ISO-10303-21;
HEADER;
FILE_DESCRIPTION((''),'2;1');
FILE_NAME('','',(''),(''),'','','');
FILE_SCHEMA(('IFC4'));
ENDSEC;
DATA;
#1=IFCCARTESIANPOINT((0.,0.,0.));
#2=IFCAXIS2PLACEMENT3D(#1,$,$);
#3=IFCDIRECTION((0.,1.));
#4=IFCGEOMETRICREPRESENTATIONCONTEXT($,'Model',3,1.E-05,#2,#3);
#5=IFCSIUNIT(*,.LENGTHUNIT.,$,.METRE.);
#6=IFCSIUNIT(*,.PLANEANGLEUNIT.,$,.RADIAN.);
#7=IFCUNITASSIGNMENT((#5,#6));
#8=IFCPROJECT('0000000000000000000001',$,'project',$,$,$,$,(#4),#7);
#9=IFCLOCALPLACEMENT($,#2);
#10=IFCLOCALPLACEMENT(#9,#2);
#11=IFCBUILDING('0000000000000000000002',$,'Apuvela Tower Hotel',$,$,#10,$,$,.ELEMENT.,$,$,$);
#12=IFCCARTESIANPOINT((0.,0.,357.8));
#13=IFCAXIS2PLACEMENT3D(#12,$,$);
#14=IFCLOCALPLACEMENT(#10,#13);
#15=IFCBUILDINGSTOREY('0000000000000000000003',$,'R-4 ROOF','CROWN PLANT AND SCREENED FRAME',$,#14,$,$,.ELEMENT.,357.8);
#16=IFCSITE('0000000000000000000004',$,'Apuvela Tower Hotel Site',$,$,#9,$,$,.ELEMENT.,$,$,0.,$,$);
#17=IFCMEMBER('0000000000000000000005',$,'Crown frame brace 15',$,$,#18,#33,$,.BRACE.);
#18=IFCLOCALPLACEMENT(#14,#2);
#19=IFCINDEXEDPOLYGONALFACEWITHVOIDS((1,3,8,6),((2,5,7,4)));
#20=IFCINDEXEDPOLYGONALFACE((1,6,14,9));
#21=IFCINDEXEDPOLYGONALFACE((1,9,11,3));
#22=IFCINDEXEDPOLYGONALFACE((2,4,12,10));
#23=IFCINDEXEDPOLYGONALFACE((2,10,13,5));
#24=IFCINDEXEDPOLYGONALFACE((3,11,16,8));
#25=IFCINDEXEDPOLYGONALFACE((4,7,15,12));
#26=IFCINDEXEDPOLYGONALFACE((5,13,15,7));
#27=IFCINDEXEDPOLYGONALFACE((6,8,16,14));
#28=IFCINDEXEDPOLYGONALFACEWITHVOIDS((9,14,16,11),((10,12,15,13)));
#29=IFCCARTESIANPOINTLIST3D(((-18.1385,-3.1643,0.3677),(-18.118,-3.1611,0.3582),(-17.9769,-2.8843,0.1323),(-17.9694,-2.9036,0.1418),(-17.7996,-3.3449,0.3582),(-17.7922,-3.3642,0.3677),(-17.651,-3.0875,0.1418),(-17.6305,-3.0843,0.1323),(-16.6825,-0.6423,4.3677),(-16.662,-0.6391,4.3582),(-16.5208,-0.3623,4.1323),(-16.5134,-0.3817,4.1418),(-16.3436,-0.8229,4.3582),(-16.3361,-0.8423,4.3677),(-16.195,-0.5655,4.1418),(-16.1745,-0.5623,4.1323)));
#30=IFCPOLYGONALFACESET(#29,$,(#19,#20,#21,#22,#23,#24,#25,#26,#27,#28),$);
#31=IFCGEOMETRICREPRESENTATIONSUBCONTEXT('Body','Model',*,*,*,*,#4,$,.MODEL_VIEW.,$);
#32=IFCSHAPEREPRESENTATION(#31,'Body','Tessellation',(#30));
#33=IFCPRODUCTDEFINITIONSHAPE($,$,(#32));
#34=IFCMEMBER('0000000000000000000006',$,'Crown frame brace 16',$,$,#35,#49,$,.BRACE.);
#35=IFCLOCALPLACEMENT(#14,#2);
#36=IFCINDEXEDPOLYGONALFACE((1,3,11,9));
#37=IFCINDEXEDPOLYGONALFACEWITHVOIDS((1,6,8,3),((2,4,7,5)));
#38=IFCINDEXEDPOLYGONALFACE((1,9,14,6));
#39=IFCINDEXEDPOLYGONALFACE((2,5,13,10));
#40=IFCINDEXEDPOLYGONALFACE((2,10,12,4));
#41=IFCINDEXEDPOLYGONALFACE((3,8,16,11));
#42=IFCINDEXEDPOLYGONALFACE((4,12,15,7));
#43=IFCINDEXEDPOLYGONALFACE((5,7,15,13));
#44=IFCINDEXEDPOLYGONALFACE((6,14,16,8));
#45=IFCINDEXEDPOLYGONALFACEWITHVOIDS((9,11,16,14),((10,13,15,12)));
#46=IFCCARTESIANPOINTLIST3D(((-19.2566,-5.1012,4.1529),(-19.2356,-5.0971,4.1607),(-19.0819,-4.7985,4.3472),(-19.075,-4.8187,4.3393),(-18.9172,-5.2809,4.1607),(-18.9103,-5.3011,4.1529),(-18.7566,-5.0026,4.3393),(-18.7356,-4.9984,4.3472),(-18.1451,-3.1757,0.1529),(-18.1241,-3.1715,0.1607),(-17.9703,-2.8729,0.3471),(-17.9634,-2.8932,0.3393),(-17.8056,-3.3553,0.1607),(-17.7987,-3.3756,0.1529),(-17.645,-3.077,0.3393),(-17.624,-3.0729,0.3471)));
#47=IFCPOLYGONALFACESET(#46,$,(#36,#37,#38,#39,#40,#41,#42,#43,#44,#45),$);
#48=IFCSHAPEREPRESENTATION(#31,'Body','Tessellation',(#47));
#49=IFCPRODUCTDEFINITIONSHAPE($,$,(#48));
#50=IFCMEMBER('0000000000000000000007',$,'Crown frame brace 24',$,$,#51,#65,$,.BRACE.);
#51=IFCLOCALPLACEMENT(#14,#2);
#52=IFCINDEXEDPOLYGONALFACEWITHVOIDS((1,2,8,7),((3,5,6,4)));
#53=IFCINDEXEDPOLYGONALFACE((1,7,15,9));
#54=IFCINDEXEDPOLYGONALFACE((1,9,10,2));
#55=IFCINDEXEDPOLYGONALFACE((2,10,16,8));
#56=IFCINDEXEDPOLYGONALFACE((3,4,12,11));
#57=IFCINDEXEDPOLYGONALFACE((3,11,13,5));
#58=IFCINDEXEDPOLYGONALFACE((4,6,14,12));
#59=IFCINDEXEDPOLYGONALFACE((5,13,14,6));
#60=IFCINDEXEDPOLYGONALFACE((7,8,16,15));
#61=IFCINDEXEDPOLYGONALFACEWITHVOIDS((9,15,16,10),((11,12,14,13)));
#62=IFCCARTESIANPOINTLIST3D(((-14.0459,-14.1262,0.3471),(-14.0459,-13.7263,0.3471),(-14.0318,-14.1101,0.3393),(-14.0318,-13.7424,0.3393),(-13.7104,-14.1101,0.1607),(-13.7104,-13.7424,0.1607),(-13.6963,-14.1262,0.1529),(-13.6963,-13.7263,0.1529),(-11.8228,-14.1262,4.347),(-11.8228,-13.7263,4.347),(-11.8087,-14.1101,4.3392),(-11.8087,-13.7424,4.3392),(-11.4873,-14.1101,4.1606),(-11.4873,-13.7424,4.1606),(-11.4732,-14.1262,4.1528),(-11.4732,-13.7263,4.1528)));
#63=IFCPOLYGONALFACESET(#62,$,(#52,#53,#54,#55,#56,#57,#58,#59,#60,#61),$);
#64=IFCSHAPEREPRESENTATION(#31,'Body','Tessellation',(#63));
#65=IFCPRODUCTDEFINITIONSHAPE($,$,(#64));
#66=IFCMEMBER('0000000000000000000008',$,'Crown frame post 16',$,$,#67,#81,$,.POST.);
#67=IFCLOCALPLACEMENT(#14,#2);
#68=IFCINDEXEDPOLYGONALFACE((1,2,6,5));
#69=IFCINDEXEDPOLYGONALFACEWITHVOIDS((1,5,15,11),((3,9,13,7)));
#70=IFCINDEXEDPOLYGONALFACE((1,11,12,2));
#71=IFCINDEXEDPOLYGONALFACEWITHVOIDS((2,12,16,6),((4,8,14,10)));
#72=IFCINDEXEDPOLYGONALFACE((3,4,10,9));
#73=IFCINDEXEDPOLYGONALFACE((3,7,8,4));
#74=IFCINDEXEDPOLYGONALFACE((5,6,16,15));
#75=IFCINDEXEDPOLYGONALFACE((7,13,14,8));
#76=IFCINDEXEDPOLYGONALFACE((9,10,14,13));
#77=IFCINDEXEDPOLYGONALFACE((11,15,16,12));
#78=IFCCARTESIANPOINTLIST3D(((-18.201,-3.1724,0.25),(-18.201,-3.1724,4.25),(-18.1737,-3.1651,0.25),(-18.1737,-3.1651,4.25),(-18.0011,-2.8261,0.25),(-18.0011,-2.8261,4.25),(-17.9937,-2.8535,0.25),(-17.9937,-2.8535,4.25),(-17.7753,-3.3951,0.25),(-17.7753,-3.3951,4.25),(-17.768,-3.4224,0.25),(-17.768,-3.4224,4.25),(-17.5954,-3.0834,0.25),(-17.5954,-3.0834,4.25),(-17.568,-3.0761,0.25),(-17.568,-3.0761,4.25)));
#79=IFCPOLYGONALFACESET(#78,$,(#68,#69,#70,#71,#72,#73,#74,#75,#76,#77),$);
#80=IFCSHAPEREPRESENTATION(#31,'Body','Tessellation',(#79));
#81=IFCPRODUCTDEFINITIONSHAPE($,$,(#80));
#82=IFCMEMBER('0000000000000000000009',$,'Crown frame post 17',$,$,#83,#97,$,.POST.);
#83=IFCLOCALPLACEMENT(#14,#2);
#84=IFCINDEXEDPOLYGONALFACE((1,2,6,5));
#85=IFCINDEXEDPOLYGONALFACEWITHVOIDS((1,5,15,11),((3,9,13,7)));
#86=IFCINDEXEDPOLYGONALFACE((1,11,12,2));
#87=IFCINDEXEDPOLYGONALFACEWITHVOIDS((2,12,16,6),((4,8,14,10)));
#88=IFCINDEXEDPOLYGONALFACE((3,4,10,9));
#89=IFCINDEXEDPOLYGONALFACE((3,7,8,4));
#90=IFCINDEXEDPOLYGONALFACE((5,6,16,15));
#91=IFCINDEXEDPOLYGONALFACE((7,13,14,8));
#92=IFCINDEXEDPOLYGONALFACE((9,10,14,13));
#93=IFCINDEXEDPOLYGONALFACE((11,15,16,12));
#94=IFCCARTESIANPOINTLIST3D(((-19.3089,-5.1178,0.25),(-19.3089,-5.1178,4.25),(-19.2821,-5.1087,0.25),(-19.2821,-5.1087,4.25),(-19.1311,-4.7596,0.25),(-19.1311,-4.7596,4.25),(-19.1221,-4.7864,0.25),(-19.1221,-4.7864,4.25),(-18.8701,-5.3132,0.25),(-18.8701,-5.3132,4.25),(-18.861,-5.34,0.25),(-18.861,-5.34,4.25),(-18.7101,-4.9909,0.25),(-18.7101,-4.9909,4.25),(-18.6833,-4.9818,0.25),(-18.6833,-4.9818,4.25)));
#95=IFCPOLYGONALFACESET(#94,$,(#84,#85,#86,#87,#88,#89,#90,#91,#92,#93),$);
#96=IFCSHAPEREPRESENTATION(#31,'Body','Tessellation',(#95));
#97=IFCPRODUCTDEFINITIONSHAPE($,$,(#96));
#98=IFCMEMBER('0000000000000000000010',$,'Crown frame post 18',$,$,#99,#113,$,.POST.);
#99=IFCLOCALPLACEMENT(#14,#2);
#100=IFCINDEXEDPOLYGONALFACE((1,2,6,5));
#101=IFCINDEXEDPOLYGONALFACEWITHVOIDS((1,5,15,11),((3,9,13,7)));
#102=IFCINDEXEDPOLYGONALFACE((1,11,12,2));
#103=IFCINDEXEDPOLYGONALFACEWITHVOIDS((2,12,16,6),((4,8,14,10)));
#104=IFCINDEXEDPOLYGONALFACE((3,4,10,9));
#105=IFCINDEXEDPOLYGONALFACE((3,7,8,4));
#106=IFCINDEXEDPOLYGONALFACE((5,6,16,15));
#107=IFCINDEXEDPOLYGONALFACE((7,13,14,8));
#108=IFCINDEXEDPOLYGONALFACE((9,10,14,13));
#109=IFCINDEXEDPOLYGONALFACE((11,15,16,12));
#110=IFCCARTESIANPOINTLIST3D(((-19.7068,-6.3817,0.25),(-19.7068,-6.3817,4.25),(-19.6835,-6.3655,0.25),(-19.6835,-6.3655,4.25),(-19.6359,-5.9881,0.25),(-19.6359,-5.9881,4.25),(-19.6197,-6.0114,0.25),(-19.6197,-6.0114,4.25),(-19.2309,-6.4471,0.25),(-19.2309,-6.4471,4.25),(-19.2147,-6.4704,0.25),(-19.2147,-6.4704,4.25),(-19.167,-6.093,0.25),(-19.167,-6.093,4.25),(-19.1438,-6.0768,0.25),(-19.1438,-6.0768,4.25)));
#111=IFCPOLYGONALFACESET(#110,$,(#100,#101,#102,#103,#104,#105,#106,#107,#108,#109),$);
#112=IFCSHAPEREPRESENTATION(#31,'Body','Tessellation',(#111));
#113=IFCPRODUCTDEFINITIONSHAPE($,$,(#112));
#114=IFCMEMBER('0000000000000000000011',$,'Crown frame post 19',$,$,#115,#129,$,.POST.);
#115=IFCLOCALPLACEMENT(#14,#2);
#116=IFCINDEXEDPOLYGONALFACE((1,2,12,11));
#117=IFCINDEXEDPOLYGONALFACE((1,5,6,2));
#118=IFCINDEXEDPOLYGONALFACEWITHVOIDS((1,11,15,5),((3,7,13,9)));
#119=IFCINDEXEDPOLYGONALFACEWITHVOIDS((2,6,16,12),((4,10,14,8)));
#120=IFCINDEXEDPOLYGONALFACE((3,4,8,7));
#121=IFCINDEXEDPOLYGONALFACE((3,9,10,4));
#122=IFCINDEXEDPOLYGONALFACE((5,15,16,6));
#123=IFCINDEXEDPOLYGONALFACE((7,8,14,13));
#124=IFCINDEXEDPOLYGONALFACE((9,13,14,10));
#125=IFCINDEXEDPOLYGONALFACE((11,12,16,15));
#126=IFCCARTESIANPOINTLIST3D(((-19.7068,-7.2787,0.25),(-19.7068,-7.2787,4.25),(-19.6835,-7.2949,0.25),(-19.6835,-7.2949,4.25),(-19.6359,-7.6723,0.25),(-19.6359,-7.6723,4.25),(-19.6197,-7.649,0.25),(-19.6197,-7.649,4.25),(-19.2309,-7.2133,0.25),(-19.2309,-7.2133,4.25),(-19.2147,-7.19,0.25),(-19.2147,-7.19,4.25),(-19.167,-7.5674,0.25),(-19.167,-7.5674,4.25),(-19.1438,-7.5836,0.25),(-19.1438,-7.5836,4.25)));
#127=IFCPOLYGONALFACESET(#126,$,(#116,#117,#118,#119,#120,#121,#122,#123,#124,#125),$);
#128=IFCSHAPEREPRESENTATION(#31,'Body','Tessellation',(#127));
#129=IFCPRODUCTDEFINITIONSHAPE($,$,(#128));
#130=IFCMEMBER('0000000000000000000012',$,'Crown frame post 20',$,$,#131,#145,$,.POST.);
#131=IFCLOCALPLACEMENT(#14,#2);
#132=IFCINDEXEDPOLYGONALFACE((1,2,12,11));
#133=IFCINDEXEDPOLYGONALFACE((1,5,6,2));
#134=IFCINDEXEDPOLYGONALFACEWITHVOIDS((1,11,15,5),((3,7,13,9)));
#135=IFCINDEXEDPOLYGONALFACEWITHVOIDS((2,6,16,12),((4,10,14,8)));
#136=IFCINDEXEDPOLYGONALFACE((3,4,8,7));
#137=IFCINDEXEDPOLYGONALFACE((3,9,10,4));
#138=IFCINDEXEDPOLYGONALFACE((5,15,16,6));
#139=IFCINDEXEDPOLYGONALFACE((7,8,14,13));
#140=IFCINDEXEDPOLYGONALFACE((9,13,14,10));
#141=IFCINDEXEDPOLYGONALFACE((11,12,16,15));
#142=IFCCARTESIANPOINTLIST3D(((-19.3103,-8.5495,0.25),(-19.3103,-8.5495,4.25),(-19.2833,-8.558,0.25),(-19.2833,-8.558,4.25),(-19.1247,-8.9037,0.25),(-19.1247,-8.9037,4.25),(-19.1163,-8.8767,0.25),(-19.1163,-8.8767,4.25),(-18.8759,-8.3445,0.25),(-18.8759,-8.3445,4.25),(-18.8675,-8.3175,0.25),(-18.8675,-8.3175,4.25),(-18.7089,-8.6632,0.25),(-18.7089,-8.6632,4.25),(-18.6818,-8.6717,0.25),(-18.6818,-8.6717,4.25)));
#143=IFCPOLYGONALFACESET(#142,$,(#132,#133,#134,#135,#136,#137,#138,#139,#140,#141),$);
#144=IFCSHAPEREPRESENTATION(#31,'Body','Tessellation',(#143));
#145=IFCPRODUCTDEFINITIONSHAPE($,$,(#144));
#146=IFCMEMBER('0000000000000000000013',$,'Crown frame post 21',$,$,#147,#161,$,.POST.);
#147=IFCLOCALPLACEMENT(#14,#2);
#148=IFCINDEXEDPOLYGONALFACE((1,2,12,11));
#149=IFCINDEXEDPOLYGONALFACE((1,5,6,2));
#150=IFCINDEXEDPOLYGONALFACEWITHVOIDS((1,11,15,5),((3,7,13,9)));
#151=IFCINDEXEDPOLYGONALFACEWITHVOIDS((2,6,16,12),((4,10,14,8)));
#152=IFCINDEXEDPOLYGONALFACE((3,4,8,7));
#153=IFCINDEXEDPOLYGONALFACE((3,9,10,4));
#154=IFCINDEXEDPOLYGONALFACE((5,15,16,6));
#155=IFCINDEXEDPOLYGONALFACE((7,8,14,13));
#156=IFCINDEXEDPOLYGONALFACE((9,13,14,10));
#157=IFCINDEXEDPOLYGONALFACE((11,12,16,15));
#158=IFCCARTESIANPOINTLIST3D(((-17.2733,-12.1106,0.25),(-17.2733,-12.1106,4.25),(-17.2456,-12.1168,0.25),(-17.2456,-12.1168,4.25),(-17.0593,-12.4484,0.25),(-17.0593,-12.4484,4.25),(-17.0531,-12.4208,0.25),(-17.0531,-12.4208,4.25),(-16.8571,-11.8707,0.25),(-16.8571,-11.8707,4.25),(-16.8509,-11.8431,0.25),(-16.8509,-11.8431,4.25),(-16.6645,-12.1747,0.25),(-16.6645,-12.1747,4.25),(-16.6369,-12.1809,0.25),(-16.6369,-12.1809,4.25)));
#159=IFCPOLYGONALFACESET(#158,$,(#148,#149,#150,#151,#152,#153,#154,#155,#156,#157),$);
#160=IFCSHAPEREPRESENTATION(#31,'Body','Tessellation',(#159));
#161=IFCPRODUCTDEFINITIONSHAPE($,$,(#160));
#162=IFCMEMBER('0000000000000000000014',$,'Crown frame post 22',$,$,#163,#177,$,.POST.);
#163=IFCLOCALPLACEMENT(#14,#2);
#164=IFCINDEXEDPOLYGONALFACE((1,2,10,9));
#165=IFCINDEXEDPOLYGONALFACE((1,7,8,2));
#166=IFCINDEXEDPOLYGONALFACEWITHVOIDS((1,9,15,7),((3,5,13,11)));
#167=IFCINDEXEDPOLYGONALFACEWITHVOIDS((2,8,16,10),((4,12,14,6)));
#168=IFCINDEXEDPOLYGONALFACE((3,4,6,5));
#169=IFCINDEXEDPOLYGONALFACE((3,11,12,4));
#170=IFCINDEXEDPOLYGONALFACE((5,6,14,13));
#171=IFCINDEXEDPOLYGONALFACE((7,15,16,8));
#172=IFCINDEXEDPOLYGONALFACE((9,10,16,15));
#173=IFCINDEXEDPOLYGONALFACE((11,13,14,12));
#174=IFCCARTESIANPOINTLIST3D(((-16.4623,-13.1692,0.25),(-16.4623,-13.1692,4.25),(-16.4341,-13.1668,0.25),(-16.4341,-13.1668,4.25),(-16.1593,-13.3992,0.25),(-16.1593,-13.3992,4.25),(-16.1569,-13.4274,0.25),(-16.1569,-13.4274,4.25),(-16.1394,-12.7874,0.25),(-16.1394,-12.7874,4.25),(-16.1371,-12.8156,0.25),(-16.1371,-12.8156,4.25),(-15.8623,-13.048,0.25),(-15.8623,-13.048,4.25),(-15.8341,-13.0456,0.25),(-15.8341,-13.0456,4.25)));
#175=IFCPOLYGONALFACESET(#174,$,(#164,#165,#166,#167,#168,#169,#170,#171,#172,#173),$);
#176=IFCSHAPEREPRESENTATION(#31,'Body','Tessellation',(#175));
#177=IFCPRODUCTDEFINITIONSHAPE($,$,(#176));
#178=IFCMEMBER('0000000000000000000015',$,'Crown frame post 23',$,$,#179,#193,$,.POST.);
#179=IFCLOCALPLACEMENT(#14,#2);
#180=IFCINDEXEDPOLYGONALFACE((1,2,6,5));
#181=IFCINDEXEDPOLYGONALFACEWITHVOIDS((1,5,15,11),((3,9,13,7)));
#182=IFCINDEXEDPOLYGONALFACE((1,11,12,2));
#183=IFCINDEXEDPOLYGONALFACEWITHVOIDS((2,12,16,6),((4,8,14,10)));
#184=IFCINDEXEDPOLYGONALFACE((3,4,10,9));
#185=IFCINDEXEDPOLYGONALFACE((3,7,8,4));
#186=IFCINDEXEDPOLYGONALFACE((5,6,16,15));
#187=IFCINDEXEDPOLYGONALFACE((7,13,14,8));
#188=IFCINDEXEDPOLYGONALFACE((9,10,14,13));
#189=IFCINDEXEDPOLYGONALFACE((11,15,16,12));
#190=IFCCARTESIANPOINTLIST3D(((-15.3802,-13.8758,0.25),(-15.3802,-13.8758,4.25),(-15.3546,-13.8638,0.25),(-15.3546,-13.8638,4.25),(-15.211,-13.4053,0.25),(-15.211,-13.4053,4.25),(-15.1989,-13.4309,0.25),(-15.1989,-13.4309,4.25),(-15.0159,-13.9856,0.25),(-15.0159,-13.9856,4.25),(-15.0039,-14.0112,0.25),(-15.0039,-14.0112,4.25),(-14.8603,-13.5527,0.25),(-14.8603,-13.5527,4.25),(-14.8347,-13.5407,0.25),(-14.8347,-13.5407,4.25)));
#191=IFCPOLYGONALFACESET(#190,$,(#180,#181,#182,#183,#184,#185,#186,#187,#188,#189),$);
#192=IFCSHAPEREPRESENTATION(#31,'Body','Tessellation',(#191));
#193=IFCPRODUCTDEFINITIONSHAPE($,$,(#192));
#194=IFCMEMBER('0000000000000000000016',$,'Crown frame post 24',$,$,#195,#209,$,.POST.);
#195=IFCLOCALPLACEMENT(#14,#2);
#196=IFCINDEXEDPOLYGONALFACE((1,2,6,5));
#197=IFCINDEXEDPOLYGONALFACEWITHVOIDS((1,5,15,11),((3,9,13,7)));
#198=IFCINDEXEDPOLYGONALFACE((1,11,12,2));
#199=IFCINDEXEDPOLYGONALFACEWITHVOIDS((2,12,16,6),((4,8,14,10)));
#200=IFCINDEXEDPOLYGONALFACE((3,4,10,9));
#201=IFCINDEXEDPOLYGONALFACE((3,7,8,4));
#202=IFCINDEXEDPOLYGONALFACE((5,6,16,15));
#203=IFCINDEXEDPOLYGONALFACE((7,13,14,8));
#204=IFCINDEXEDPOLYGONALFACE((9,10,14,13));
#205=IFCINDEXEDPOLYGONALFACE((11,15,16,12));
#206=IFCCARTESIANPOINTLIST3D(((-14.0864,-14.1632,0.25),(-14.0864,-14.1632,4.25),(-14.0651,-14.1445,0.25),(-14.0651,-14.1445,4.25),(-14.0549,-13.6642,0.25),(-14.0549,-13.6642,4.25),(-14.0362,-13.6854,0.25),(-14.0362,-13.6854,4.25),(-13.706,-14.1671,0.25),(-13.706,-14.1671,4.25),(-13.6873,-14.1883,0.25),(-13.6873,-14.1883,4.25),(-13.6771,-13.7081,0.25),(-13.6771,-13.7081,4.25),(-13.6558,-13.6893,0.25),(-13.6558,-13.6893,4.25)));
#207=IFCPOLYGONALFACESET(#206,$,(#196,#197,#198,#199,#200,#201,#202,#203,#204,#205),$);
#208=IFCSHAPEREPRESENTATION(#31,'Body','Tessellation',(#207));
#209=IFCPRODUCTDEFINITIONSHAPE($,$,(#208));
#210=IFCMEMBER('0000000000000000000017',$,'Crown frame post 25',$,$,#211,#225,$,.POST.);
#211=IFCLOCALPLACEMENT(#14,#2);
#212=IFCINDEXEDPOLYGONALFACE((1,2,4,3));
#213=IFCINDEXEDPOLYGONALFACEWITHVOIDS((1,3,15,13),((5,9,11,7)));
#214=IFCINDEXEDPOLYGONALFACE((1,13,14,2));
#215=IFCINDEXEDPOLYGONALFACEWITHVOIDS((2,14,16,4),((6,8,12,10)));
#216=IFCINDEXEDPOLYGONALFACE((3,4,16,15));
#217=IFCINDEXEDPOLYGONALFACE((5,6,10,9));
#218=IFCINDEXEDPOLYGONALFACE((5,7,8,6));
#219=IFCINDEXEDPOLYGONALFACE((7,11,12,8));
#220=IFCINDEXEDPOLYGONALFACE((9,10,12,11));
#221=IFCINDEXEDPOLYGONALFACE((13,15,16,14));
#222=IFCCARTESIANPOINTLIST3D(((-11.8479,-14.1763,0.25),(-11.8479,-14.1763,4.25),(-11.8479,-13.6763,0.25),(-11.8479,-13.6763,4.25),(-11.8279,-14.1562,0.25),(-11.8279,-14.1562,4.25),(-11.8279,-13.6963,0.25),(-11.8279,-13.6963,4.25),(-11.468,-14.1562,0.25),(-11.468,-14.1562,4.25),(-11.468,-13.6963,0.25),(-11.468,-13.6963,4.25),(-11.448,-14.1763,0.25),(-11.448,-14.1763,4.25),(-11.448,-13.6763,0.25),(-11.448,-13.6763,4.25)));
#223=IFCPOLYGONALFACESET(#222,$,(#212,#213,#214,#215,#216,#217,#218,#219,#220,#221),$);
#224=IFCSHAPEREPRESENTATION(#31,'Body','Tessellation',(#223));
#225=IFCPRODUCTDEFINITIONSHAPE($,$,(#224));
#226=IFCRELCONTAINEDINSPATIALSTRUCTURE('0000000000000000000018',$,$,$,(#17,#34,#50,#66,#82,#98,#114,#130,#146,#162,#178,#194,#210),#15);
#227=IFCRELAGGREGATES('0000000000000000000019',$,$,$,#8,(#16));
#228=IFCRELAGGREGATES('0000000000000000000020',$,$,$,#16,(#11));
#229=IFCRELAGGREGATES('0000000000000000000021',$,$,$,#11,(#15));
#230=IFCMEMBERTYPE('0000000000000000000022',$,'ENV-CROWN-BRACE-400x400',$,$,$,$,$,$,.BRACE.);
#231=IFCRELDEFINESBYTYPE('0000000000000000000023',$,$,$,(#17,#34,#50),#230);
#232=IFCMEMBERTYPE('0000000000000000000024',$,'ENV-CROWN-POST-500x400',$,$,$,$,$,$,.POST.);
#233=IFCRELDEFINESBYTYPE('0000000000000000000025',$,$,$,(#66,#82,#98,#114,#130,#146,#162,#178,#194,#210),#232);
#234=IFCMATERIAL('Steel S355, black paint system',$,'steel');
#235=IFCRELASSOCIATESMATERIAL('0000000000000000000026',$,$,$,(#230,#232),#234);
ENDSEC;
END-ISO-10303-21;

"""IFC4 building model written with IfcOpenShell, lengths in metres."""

from ifc_helpers import new_model, si_unit, direction, frame, origin, origin_2d, place, context, subcontext, project, spatial, hollow_rectangle, extrude, material, material_profile, profile_set, type_object, element, save


model = new_model("IFC4")

# Units and contexts
model_context = context("Model", 3, precision=1e-05, world=origin(), true_north=direction((0.0, 1.0)))
body_context = subcontext(model_context, "Body", "Model", "MODEL_VIEW")
ifc_project = project(units=[si_unit("LENGTHUNIT", "METRE"), si_unit("PLANEANGLEUNIT", "RADIAN")], contexts=[model_context])

# Site, building, storey
site_placement = place(None, origin())
site = spatial("IfcSite", under=ifc_project, at=site_placement, Name="Apuvela Tower Hotel Site", CompositionType="ELEMENT", RefElevation=0.0)
building_placement = place(site_placement, origin())
building = spatial("IfcBuilding", under=site, at=building_placement, Name="Apuvela Tower Hotel", CompositionType="ELEMENT")
storey_placement = place(building_placement, frame((0.0, 0.0, 357.8)))
storey = spatial("IfcBuildingStorey", under=building, at=storey_placement, Name="R-4 ROOF", Description="CROWN PLANT AND SCREENED FRAME", CompositionType="ELEMENT", Elevation=357.8)

# Members
ifc_material_1 = material(Name="Steel S355, black paint system", Category="steel")
ifc_material_profile_1 = material_profile(ifc_material_1, hollow_rectangle(XDim=0.3999, YDim=0.3999, WallThickness=0.0161, at=origin_2d()), Name="HSS 400x400x16")
ifc_profile_set_1 = profile_set([ifc_material_profile_1], Name="Steel S355, black paint system")
member_type_1 = type_object("IfcMemberType", Name="ENV-CROWN-BRACE-400x400", PredefinedType="BRACE", material=ifc_profile_set_1)
member_1_placement = place(storey_placement, frame((-17.8845, -3.1243, 0.25), z_axis=(0.294285, 0.509719, 0.808445), x_axis=(-0.866026, 0.499998, 0.0)))
element("IfcMember", 1, at=member_1_placement, inside=storey, type_object=member_type_1, Name="Crown frame brace 15", PredefinedType="BRACE", context=body_context, shape_type="SweptSolid", body=[
    extrude(hollow_rectangle(XDim=0.3999, YDim=0.3999, WallThickness=0.0161, at=origin_2d()), origin(), (0.0, 0.0, 1.0), 4.9478),
])
member_2_placement = place(storey_placement, frame((-17.8845, -3.1243, 0.25), z_axis=(-0.242893, -0.420755, 0.874053), x_axis=(0.866052, -0.499954, 0.0)))
element("IfcMember", 2, at=member_2_placement, inside=storey, type_object=member_type_1, Name="Crown frame brace 16", PredefinedType="BRACE", context=body_context, shape_type="SweptSolid", body=[
    extrude(hollow_rectangle(XDim=0.3999, YDim=0.3999, WallThickness=0.0161, at=origin_2d()), origin(), (0.0, 0.0, 1.0), 4.5764),
])
member_3_placement = place(storey_placement, frame((-13.8711, -13.9263, 0.25), z_axis=(0.485797, 0.0, 0.874072), x_axis=(0.0, 1.0, 0.0)))
element("IfcMember", 3, at=member_3_placement, inside=storey, type_object=member_type_1, Name="Crown frame brace 24", PredefinedType="BRACE", context=body_context, shape_type="SweptSolid", body=[
    extrude(hollow_rectangle(XDim=0.3999, YDim=0.3999, WallThickness=0.0161, at=origin_2d()), origin(), (0.0, 0.0, 1.0), 4.5762),
])
ifc_material_profile_2 = material_profile(ifc_material_1, hollow_rectangle(XDim=0.3999, YDim=0.5, WallThickness=0.02, at=origin_2d()), Name="HSS 500x400x20")
ifc_profile_set_2 = profile_set([ifc_material_profile_2], Name="Steel S355, black paint system")
member_type_2 = type_object("IfcMemberType", Name="ENV-CROWN-POST-500x400", PredefinedType="POST", material=ifc_profile_set_2)
for number, where, z_axis, x_axis, name in (
    (4, (-17.8845, -3.1243, 0.25), (0.0, 0.0, 1.0), (-0.5, -0.866025, 0.0), "Crown frame post 16"),
    (5, (-18.9961, -5.0498, 0.25), (0.0, 0.0, 1.0), (-0.444554, -0.895752, 0.0), "Crown frame post 17"),
    (6, (-19.4253, -6.2292, 0.25), (0.0, 0.0, 1.0), (-0.177415, -0.984136, 0.0), "Crown frame post 18"),
    (7, (-19.4253, -7.4312, 0.25), (0.0, 0.0, 1.0), (0.177415, -0.984136, 0.0), "Crown frame post 19"),
    (8, (-18.9961, -8.6106, 0.25), (0.0, 0.0, 1.0), (0.464116, -0.885775, 0.0), "Crown frame post 20"),
    (9, (-16.9551, -12.1458, 0.25), (0.0, 0.0, 1.0), (0.535046, -0.844823, 0.0), "Crown frame post 21"),
    (10, (-16.1482, -13.1074, 0.25), (0.0, 0.0, 1.0), (0.76358, -0.645714, 0.0), "Crown frame post 22"),
    (11, (-15.1074, -13.7083, 0.25), (0.0, 0.0, 1.0), (0.940994, -0.338423, 0.0), "Crown frame post 23"),
    (12, (-13.8711, -13.9263, 0.25), (0.0, 0.0, 1.0), (0.998021, -0.062881, 0.0), "Crown frame post 24"),
    (13, (-11.6479, -13.9263, 0.25), (0.0, 0.0, 1.0), (1.0, 0.0, 0.0), "Crown frame post 25"),
):
    element("IfcMember", number, at=place(storey_placement, frame(where, z_axis=z_axis, x_axis=x_axis)), inside=storey, type_object=member_type_2, Name=name, PredefinedType="POST", context=body_context, shape_type="SweptSolid", body=[
        extrude(hollow_rectangle(XDim=0.3999, YDim=0.5, WallThickness=0.02, at=origin_2d()), origin(), (0.0, 0.0, 1.0), 4.0),
    ])

save(model, "model.ifc")
